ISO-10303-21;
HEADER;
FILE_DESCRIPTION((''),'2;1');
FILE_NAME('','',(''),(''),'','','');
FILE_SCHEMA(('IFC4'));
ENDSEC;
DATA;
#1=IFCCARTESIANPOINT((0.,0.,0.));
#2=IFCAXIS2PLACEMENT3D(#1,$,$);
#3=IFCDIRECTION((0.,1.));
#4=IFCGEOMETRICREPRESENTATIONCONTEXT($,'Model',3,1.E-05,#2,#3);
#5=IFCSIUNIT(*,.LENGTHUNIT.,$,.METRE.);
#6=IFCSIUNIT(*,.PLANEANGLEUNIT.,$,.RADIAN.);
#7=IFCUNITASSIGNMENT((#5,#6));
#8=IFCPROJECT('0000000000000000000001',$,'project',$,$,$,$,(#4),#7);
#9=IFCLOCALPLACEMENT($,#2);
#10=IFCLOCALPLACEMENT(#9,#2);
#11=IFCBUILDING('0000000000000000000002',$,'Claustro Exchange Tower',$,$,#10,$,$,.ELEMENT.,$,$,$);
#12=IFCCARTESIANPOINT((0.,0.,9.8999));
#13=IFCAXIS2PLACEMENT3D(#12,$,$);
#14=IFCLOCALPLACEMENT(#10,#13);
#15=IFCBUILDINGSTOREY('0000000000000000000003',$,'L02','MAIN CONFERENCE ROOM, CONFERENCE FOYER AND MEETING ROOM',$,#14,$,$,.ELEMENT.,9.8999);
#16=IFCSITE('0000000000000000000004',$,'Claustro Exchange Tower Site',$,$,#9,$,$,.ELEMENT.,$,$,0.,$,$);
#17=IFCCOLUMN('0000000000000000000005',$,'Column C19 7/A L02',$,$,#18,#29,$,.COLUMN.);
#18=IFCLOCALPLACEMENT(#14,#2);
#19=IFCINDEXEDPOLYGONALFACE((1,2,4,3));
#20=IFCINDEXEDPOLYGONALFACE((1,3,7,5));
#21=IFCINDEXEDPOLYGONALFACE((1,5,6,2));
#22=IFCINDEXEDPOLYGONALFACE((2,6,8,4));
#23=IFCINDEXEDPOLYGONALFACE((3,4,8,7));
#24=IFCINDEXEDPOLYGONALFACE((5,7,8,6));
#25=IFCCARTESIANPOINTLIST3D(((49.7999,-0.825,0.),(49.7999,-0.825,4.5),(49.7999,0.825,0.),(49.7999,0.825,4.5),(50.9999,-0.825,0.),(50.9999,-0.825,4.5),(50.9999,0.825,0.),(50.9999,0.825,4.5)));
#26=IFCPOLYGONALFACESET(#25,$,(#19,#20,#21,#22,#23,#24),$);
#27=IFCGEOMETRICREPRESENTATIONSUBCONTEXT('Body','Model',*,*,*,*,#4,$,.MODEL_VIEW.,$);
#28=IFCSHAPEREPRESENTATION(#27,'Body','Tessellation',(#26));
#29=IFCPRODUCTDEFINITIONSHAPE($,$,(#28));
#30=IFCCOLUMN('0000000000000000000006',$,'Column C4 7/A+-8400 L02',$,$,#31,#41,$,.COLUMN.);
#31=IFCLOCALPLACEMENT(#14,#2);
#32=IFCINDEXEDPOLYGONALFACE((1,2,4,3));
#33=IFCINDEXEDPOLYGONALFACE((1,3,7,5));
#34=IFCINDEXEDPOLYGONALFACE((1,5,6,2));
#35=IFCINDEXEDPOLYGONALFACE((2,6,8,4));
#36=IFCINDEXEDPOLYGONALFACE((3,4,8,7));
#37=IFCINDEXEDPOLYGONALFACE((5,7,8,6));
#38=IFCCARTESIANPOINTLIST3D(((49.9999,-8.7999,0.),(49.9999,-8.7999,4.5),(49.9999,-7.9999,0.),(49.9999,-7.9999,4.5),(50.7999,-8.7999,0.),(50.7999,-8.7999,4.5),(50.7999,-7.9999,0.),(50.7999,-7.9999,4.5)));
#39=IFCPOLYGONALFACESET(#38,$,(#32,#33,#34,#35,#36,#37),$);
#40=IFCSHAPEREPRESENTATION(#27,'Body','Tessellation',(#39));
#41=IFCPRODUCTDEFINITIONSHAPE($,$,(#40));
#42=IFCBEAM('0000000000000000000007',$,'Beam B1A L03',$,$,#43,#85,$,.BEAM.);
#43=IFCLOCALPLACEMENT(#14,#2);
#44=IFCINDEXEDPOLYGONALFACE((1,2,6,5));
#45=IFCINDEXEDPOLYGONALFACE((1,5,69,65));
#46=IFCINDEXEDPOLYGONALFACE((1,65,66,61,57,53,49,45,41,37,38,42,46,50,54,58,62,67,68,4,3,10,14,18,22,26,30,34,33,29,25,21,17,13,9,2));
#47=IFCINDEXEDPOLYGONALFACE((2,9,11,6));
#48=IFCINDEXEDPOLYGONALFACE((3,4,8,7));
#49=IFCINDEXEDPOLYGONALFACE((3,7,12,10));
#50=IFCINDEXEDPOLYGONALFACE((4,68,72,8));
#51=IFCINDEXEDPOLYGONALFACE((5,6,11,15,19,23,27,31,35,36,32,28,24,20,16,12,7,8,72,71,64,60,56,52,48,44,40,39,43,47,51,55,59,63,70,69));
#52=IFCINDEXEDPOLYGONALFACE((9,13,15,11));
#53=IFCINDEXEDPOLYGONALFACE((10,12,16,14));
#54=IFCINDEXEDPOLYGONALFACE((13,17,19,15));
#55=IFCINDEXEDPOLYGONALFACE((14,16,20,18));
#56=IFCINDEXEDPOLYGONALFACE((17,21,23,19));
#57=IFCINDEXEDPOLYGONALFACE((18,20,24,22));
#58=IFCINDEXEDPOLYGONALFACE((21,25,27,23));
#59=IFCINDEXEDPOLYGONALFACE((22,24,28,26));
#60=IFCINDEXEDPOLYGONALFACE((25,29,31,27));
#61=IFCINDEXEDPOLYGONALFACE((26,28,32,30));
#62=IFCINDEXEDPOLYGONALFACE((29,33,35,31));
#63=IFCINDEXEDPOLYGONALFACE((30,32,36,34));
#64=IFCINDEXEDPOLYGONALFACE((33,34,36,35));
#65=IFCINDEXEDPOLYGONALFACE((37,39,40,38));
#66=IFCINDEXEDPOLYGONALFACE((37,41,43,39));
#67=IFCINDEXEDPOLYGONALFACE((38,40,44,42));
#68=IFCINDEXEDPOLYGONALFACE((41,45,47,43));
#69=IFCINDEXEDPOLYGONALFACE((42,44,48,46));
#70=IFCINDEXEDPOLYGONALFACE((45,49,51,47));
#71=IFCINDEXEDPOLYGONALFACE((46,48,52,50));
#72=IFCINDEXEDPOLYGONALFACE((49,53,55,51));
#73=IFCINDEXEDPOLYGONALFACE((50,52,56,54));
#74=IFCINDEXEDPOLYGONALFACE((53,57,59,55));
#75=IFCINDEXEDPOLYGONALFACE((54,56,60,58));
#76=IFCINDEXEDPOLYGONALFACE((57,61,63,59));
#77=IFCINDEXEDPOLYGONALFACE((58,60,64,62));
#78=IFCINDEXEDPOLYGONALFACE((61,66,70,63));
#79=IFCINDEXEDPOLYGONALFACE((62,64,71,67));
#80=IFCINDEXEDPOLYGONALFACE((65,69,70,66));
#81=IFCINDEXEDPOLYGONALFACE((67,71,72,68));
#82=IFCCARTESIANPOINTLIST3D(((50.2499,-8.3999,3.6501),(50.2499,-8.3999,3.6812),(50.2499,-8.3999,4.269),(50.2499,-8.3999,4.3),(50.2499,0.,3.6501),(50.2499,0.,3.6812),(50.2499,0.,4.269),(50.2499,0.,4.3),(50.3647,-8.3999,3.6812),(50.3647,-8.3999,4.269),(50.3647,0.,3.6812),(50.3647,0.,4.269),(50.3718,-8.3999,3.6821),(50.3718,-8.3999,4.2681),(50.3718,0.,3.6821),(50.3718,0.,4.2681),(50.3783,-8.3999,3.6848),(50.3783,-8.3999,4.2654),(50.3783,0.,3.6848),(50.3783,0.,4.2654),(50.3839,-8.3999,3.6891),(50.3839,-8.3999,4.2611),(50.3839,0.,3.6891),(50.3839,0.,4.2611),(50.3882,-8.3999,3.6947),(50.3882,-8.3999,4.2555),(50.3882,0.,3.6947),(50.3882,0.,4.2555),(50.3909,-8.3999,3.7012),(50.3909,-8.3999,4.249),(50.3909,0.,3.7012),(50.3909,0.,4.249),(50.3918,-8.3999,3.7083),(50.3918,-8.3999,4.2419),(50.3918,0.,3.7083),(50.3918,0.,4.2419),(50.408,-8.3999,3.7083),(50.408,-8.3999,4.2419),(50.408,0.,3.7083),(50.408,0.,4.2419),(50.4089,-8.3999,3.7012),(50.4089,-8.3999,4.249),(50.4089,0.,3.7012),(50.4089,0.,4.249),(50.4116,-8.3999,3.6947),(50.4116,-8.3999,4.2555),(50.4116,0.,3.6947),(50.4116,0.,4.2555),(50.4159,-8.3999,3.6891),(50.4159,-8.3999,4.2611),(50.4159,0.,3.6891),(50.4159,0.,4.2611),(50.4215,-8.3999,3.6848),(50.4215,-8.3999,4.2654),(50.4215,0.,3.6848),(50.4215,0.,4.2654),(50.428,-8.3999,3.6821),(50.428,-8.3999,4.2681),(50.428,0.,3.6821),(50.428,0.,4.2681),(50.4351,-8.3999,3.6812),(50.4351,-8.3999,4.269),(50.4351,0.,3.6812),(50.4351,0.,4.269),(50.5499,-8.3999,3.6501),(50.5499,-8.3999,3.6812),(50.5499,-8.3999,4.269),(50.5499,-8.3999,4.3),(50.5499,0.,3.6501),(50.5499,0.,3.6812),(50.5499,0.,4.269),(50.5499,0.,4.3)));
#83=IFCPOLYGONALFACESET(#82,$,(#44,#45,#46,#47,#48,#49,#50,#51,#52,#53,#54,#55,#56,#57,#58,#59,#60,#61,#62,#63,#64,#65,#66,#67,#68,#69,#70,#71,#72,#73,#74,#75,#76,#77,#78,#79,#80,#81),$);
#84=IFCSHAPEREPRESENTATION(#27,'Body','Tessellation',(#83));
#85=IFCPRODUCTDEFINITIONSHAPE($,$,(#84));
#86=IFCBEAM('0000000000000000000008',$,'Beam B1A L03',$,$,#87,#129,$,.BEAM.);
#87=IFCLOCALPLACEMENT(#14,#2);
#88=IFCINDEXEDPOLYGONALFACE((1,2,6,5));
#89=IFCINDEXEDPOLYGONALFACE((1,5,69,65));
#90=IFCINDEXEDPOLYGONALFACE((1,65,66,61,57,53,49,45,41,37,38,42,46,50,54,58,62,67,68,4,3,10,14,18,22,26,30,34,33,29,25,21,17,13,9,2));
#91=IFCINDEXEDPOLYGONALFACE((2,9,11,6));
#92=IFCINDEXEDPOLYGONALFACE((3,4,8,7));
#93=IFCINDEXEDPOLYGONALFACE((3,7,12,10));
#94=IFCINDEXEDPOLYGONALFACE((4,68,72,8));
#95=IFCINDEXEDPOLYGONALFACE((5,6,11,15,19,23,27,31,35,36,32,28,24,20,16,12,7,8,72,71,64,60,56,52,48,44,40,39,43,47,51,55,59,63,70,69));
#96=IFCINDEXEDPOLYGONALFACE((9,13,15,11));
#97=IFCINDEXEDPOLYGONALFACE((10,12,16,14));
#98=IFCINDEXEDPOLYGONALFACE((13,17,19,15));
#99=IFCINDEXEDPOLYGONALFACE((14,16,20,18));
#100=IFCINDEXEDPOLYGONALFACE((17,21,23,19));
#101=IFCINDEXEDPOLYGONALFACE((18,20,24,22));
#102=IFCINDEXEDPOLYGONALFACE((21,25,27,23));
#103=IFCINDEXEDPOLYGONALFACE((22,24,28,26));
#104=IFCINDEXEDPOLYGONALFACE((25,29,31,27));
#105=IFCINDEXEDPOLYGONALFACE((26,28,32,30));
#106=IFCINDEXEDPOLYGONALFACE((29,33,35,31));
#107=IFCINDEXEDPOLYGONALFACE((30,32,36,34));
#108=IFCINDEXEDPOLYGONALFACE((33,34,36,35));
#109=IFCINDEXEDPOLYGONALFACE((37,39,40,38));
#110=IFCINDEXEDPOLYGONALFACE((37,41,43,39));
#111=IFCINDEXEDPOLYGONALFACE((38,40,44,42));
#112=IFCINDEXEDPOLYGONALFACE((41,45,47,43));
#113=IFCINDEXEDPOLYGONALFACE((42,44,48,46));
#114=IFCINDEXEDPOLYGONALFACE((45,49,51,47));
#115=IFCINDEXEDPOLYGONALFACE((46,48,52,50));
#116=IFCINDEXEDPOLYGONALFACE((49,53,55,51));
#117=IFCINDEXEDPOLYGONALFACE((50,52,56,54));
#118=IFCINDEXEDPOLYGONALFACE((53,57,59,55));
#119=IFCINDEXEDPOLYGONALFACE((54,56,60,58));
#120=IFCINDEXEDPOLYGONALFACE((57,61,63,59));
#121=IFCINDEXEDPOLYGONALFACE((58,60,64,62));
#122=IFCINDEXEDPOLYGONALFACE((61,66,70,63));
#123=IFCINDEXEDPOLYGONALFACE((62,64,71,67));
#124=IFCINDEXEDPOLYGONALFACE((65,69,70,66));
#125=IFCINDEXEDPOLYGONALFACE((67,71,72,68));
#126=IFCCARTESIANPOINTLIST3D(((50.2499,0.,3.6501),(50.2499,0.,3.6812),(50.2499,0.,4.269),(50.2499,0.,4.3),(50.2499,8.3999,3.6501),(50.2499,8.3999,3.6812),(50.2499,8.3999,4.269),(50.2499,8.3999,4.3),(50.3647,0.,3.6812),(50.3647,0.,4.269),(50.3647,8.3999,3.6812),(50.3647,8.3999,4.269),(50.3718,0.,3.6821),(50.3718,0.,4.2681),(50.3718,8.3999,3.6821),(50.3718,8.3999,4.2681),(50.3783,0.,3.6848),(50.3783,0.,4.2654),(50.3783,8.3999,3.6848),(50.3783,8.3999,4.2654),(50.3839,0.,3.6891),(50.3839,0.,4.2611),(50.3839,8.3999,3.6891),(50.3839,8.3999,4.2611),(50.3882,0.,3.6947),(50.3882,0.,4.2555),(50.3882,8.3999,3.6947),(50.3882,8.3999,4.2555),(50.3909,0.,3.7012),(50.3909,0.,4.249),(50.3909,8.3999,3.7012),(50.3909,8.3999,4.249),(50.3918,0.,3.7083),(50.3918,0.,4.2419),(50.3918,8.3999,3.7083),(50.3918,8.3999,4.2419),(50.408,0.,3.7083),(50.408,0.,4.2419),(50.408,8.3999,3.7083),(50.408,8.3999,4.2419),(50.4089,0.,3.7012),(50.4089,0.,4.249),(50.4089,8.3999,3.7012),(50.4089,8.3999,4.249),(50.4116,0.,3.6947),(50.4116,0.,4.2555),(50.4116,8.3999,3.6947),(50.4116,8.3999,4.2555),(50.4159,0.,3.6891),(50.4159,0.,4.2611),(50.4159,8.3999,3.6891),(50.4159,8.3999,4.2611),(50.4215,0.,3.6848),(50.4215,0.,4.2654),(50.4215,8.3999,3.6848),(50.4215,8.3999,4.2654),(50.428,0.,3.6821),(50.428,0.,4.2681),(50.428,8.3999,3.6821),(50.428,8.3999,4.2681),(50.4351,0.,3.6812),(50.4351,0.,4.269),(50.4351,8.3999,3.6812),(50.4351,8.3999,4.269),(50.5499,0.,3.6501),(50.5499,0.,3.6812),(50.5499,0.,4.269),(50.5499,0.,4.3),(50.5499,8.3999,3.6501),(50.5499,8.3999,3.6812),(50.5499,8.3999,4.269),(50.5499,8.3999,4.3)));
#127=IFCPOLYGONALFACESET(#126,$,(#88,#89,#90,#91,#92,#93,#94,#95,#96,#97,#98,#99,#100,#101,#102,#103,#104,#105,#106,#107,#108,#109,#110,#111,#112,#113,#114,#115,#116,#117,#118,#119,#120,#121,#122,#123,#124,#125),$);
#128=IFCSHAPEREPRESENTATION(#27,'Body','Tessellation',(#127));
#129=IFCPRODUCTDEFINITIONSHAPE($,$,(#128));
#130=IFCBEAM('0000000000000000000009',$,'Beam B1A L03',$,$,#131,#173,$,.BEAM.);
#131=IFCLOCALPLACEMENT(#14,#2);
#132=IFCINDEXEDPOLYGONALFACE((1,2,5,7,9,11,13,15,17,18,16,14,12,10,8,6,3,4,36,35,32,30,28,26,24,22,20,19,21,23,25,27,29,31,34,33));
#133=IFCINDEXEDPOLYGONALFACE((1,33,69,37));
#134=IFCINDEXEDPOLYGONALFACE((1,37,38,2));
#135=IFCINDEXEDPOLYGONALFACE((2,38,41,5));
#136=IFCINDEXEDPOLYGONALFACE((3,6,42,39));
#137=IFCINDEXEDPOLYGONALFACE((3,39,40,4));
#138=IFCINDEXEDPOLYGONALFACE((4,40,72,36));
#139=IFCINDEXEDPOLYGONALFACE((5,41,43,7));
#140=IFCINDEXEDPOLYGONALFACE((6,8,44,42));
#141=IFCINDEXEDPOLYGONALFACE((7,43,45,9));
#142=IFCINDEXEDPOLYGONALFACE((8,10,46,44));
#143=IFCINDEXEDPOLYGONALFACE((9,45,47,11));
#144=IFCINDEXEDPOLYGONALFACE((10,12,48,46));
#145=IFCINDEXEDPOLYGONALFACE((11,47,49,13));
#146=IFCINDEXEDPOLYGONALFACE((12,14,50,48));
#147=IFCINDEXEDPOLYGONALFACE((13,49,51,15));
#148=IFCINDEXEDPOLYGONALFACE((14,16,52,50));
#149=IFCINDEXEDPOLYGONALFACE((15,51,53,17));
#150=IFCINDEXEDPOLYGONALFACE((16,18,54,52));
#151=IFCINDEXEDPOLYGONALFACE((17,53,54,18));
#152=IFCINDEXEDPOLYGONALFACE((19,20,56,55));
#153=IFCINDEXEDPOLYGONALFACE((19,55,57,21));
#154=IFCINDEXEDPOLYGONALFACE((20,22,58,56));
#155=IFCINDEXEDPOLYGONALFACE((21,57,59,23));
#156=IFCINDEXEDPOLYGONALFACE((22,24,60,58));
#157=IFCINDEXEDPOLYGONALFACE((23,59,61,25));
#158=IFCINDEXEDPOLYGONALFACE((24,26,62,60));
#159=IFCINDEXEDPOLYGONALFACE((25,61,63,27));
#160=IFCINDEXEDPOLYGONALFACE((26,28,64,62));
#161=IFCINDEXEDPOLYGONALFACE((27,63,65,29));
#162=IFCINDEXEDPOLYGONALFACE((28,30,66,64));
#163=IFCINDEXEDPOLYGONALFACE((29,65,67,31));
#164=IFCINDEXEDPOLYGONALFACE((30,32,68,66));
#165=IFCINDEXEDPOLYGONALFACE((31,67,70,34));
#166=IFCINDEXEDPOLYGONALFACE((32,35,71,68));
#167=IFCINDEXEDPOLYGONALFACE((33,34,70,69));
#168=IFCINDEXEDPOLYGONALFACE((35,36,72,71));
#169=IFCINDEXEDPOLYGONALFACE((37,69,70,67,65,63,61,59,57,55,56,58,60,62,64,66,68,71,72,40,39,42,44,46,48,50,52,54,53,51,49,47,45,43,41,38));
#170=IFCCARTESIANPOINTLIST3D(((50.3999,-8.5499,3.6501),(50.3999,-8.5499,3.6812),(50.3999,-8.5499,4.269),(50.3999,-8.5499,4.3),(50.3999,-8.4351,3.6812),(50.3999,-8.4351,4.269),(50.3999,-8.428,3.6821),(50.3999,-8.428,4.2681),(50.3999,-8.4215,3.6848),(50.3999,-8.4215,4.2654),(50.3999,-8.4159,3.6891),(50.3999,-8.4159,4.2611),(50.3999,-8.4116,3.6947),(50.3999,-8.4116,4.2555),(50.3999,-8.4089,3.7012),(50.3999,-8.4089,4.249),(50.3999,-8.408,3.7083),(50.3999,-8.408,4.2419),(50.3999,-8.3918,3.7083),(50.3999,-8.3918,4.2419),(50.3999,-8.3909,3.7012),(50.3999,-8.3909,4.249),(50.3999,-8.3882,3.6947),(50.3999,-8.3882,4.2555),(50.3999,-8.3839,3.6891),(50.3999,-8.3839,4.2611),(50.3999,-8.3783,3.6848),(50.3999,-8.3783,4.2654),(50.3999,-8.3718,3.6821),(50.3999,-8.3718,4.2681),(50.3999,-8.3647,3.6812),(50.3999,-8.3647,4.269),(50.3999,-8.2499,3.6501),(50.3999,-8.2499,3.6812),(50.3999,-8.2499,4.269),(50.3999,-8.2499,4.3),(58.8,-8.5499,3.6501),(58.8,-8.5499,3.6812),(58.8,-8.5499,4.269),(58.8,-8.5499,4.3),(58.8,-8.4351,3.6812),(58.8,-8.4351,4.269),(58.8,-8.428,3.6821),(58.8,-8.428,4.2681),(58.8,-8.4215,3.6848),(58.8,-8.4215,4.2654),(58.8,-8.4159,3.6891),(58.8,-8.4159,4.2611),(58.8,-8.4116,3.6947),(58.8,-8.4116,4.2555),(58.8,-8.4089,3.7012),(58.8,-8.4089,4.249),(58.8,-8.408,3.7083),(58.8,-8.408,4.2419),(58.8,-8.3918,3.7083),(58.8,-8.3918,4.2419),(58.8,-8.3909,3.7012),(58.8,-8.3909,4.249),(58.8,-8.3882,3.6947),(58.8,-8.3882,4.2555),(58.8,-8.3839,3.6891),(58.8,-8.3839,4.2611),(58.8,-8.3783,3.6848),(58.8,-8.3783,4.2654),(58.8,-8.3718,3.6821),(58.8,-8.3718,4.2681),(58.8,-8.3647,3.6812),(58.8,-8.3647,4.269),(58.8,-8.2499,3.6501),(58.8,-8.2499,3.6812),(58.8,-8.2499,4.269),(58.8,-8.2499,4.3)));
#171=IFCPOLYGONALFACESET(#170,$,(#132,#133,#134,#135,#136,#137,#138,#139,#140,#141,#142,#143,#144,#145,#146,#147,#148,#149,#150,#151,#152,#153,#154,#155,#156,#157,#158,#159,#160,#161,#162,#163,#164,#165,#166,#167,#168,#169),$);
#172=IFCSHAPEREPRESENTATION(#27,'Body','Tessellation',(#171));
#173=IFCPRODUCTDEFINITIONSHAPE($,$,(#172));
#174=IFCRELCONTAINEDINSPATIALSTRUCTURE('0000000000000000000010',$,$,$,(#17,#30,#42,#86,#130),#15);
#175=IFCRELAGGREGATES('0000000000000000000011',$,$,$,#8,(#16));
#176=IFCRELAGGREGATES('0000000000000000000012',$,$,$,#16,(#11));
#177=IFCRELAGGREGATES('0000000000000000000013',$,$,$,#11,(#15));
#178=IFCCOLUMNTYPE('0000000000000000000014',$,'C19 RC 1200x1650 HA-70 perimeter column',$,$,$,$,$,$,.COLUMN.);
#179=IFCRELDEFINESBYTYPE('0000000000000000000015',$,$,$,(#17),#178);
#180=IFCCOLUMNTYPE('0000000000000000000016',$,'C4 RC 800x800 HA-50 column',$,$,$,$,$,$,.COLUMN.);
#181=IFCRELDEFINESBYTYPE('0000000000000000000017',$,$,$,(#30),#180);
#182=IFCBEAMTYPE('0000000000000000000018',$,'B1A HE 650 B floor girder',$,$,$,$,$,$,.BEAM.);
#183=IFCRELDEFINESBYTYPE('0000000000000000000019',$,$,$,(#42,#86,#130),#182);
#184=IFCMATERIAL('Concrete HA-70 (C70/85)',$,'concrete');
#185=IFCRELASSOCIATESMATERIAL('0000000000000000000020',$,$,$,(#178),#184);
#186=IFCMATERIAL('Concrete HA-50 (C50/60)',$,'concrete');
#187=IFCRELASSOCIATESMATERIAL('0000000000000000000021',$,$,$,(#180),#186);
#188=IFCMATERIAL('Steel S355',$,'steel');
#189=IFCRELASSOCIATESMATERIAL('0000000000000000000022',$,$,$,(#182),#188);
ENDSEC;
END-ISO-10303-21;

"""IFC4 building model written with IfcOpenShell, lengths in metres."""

from ifc_helpers import new_model, si_unit, direction, frame, origin, origin_2d, place, context, subcontext, project, spatial, rectangle, i_section, extrude, material, material_profile, profile_set, type_object, element, save


model = new_model("IFC4")

# Units and contexts
model_context = context("Model", 3, precision=1e-05, world=origin(), true_north=direction((0.0, 1.0)))
body_context = subcontext(model_context, "Body", "Model", "MODEL_VIEW")
ifc_project = project(units=[si_unit("LENGTHUNIT", "METRE"), si_unit("PLANEANGLEUNIT", "RADIAN")], contexts=[model_context])

# Site, building, storey
site_placement = place(None, origin())
site = spatial("IfcSite", under=ifc_project, at=site_placement, Name="Claustro Exchange Tower Site", CompositionType="ELEMENT", RefElevation=0.0)
building_placement = place(site_placement, origin())
building = spatial("IfcBuilding", under=site, at=building_placement, Name="Claustro Exchange Tower", CompositionType="ELEMENT")
storey_placement = place(building_placement, frame((0.0, 0.0, 9.8999)))
storey = spatial("IfcBuildingStorey", under=building, at=storey_placement, Name="L02", Description="MAIN CONFERENCE ROOM, CONFERENCE FOYER AND MEETING ROOM", CompositionType="ELEMENT", Elevation=9.8999)

# Columns
ifc_material_1 = material(Name="Concrete HA-70 (C70/85)", Category="concrete")
ifc_material_profile_1 = material_profile(ifc_material_1, rectangle(XDim=1.2, YDim=1.6499, at=origin_2d()), Name="RC 1200x1650")
ifc_profile_set_1 = profile_set([ifc_material_profile_1], Name="Concrete HA-70 (C70/85)")
column_type_1 = type_object("IfcColumnType", Name="C19 RC 1200x1650 HA-70 perimeter column", PredefinedType="COLUMN", material=ifc_profile_set_1)
column_1_placement = place(storey_placement, frame((50.3999, 0.0, 0.0), z_axis=(0.0, 0.0, 1.0), x_axis=(1.0, 0.0, 0.0)))
element("IfcColumn", 1, at=column_1_placement, inside=storey, type_object=column_type_1, Name="Column C19 7/A L02", PredefinedType="COLUMN", context=body_context, shape_type="SweptSolid", body=[
    extrude(rectangle(XDim=1.2, YDim=1.6499, at=origin_2d()), origin(), (0.0, 0.0, 1.0), 4.5),
])
ifc_material_2 = material(Name="Concrete HA-50 (C50/60)", Category="concrete")
ifc_material_profile_2 = material_profile(ifc_material_2, rectangle(XDim=0.8, YDim=0.8, at=origin_2d()), Name="RC 800x800")
ifc_profile_set_2 = profile_set([ifc_material_profile_2], Name="Concrete HA-50 (C50/60)")
column_type_2 = type_object("IfcColumnType", Name="C4 RC 800x800 HA-50 column", PredefinedType="COLUMN", material=ifc_profile_set_2)
column_2_placement = place(storey_placement, frame((50.3999, -8.3999, 0.0), z_axis=(0.0, 0.0, 1.0), x_axis=(1.0, 0.0, 0.0)))
element("IfcColumn", 2, at=column_2_placement, inside=storey, type_object=column_type_2, Name="Column C4 7/A+-8400 L02", PredefinedType="COLUMN", context=body_context, shape_type="SweptSolid", body=[
    extrude(rectangle(XDim=0.8, YDim=0.8, at=origin_2d()), origin(), (0.0, 0.0, 1.0), 4.5),
])

# Beams
ifc_material_3 = material(Name="Steel S355", Category="steel")
ifc_material_profile_3 = material_profile(ifc_material_3, i_section(OverallWidth=0.3, OverallDepth=0.6499, WebThickness=0.0161, FlangeThickness=0.031, FilletRadius=0.0271, at=origin_2d()), Name="HE 650 B")
ifc_profile_set_3 = profile_set([ifc_material_profile_3], Name="Steel S355")
beam_type_1 = type_object("IfcBeamType", Name="B1A HE 650 B floor girder", PredefinedType="BEAM", material=ifc_profile_set_3)
for number, where, z_axis, x_axis, name in (
    (3, (50.3999, -8.3999, 3.9751), (0.0, 1.0, 0.0), (-1.0, 0.0, 0.0), "Beam B1A L03"),
    (4, (50.3999, 0.0, 3.9751), (0.0, 1.0, 0.0), (-1.0, 0.0, 0.0), "Beam B1A L03"),
):
    element("IfcBeam", number, at=place(storey_placement, frame(where, z_axis=z_axis, x_axis=x_axis)), inside=storey, type_object=beam_type_1, Name=name, PredefinedType="BEAM", context=body_context, shape_type="SweptSolid", body=[
        extrude(i_section(OverallWidth=0.3, OverallDepth=0.6499, WebThickness=0.0161, FlangeThickness=0.031, FilletRadius=0.0271, at=origin_2d()), origin(), (0.0, 0.0, 1.0), 8.3999),
    ])
for number, where, z_axis, x_axis, name in (
    (5, (50.3999, -8.3999, 3.9751), (1.0, 0.0, 0.0), (0.0, 1.0, 0.0), "Beam B1A L03"),
):
    element("IfcBeam", number, at=place(storey_placement, frame(where, z_axis=z_axis, x_axis=x_axis)), inside=storey, type_object=beam_type_1, Name=name, PredefinedType="BEAM", context=body_context, shape_type="SweptSolid", body=[
        extrude(i_section(OverallWidth=0.3, OverallDepth=0.6499, WebThickness=0.0161, FlangeThickness=0.031, FilletRadius=0.0271, at=origin_2d()), origin(), (0.0, 0.0, 1.0), 8.4001),
    ])

save(model, "model.ifc")
